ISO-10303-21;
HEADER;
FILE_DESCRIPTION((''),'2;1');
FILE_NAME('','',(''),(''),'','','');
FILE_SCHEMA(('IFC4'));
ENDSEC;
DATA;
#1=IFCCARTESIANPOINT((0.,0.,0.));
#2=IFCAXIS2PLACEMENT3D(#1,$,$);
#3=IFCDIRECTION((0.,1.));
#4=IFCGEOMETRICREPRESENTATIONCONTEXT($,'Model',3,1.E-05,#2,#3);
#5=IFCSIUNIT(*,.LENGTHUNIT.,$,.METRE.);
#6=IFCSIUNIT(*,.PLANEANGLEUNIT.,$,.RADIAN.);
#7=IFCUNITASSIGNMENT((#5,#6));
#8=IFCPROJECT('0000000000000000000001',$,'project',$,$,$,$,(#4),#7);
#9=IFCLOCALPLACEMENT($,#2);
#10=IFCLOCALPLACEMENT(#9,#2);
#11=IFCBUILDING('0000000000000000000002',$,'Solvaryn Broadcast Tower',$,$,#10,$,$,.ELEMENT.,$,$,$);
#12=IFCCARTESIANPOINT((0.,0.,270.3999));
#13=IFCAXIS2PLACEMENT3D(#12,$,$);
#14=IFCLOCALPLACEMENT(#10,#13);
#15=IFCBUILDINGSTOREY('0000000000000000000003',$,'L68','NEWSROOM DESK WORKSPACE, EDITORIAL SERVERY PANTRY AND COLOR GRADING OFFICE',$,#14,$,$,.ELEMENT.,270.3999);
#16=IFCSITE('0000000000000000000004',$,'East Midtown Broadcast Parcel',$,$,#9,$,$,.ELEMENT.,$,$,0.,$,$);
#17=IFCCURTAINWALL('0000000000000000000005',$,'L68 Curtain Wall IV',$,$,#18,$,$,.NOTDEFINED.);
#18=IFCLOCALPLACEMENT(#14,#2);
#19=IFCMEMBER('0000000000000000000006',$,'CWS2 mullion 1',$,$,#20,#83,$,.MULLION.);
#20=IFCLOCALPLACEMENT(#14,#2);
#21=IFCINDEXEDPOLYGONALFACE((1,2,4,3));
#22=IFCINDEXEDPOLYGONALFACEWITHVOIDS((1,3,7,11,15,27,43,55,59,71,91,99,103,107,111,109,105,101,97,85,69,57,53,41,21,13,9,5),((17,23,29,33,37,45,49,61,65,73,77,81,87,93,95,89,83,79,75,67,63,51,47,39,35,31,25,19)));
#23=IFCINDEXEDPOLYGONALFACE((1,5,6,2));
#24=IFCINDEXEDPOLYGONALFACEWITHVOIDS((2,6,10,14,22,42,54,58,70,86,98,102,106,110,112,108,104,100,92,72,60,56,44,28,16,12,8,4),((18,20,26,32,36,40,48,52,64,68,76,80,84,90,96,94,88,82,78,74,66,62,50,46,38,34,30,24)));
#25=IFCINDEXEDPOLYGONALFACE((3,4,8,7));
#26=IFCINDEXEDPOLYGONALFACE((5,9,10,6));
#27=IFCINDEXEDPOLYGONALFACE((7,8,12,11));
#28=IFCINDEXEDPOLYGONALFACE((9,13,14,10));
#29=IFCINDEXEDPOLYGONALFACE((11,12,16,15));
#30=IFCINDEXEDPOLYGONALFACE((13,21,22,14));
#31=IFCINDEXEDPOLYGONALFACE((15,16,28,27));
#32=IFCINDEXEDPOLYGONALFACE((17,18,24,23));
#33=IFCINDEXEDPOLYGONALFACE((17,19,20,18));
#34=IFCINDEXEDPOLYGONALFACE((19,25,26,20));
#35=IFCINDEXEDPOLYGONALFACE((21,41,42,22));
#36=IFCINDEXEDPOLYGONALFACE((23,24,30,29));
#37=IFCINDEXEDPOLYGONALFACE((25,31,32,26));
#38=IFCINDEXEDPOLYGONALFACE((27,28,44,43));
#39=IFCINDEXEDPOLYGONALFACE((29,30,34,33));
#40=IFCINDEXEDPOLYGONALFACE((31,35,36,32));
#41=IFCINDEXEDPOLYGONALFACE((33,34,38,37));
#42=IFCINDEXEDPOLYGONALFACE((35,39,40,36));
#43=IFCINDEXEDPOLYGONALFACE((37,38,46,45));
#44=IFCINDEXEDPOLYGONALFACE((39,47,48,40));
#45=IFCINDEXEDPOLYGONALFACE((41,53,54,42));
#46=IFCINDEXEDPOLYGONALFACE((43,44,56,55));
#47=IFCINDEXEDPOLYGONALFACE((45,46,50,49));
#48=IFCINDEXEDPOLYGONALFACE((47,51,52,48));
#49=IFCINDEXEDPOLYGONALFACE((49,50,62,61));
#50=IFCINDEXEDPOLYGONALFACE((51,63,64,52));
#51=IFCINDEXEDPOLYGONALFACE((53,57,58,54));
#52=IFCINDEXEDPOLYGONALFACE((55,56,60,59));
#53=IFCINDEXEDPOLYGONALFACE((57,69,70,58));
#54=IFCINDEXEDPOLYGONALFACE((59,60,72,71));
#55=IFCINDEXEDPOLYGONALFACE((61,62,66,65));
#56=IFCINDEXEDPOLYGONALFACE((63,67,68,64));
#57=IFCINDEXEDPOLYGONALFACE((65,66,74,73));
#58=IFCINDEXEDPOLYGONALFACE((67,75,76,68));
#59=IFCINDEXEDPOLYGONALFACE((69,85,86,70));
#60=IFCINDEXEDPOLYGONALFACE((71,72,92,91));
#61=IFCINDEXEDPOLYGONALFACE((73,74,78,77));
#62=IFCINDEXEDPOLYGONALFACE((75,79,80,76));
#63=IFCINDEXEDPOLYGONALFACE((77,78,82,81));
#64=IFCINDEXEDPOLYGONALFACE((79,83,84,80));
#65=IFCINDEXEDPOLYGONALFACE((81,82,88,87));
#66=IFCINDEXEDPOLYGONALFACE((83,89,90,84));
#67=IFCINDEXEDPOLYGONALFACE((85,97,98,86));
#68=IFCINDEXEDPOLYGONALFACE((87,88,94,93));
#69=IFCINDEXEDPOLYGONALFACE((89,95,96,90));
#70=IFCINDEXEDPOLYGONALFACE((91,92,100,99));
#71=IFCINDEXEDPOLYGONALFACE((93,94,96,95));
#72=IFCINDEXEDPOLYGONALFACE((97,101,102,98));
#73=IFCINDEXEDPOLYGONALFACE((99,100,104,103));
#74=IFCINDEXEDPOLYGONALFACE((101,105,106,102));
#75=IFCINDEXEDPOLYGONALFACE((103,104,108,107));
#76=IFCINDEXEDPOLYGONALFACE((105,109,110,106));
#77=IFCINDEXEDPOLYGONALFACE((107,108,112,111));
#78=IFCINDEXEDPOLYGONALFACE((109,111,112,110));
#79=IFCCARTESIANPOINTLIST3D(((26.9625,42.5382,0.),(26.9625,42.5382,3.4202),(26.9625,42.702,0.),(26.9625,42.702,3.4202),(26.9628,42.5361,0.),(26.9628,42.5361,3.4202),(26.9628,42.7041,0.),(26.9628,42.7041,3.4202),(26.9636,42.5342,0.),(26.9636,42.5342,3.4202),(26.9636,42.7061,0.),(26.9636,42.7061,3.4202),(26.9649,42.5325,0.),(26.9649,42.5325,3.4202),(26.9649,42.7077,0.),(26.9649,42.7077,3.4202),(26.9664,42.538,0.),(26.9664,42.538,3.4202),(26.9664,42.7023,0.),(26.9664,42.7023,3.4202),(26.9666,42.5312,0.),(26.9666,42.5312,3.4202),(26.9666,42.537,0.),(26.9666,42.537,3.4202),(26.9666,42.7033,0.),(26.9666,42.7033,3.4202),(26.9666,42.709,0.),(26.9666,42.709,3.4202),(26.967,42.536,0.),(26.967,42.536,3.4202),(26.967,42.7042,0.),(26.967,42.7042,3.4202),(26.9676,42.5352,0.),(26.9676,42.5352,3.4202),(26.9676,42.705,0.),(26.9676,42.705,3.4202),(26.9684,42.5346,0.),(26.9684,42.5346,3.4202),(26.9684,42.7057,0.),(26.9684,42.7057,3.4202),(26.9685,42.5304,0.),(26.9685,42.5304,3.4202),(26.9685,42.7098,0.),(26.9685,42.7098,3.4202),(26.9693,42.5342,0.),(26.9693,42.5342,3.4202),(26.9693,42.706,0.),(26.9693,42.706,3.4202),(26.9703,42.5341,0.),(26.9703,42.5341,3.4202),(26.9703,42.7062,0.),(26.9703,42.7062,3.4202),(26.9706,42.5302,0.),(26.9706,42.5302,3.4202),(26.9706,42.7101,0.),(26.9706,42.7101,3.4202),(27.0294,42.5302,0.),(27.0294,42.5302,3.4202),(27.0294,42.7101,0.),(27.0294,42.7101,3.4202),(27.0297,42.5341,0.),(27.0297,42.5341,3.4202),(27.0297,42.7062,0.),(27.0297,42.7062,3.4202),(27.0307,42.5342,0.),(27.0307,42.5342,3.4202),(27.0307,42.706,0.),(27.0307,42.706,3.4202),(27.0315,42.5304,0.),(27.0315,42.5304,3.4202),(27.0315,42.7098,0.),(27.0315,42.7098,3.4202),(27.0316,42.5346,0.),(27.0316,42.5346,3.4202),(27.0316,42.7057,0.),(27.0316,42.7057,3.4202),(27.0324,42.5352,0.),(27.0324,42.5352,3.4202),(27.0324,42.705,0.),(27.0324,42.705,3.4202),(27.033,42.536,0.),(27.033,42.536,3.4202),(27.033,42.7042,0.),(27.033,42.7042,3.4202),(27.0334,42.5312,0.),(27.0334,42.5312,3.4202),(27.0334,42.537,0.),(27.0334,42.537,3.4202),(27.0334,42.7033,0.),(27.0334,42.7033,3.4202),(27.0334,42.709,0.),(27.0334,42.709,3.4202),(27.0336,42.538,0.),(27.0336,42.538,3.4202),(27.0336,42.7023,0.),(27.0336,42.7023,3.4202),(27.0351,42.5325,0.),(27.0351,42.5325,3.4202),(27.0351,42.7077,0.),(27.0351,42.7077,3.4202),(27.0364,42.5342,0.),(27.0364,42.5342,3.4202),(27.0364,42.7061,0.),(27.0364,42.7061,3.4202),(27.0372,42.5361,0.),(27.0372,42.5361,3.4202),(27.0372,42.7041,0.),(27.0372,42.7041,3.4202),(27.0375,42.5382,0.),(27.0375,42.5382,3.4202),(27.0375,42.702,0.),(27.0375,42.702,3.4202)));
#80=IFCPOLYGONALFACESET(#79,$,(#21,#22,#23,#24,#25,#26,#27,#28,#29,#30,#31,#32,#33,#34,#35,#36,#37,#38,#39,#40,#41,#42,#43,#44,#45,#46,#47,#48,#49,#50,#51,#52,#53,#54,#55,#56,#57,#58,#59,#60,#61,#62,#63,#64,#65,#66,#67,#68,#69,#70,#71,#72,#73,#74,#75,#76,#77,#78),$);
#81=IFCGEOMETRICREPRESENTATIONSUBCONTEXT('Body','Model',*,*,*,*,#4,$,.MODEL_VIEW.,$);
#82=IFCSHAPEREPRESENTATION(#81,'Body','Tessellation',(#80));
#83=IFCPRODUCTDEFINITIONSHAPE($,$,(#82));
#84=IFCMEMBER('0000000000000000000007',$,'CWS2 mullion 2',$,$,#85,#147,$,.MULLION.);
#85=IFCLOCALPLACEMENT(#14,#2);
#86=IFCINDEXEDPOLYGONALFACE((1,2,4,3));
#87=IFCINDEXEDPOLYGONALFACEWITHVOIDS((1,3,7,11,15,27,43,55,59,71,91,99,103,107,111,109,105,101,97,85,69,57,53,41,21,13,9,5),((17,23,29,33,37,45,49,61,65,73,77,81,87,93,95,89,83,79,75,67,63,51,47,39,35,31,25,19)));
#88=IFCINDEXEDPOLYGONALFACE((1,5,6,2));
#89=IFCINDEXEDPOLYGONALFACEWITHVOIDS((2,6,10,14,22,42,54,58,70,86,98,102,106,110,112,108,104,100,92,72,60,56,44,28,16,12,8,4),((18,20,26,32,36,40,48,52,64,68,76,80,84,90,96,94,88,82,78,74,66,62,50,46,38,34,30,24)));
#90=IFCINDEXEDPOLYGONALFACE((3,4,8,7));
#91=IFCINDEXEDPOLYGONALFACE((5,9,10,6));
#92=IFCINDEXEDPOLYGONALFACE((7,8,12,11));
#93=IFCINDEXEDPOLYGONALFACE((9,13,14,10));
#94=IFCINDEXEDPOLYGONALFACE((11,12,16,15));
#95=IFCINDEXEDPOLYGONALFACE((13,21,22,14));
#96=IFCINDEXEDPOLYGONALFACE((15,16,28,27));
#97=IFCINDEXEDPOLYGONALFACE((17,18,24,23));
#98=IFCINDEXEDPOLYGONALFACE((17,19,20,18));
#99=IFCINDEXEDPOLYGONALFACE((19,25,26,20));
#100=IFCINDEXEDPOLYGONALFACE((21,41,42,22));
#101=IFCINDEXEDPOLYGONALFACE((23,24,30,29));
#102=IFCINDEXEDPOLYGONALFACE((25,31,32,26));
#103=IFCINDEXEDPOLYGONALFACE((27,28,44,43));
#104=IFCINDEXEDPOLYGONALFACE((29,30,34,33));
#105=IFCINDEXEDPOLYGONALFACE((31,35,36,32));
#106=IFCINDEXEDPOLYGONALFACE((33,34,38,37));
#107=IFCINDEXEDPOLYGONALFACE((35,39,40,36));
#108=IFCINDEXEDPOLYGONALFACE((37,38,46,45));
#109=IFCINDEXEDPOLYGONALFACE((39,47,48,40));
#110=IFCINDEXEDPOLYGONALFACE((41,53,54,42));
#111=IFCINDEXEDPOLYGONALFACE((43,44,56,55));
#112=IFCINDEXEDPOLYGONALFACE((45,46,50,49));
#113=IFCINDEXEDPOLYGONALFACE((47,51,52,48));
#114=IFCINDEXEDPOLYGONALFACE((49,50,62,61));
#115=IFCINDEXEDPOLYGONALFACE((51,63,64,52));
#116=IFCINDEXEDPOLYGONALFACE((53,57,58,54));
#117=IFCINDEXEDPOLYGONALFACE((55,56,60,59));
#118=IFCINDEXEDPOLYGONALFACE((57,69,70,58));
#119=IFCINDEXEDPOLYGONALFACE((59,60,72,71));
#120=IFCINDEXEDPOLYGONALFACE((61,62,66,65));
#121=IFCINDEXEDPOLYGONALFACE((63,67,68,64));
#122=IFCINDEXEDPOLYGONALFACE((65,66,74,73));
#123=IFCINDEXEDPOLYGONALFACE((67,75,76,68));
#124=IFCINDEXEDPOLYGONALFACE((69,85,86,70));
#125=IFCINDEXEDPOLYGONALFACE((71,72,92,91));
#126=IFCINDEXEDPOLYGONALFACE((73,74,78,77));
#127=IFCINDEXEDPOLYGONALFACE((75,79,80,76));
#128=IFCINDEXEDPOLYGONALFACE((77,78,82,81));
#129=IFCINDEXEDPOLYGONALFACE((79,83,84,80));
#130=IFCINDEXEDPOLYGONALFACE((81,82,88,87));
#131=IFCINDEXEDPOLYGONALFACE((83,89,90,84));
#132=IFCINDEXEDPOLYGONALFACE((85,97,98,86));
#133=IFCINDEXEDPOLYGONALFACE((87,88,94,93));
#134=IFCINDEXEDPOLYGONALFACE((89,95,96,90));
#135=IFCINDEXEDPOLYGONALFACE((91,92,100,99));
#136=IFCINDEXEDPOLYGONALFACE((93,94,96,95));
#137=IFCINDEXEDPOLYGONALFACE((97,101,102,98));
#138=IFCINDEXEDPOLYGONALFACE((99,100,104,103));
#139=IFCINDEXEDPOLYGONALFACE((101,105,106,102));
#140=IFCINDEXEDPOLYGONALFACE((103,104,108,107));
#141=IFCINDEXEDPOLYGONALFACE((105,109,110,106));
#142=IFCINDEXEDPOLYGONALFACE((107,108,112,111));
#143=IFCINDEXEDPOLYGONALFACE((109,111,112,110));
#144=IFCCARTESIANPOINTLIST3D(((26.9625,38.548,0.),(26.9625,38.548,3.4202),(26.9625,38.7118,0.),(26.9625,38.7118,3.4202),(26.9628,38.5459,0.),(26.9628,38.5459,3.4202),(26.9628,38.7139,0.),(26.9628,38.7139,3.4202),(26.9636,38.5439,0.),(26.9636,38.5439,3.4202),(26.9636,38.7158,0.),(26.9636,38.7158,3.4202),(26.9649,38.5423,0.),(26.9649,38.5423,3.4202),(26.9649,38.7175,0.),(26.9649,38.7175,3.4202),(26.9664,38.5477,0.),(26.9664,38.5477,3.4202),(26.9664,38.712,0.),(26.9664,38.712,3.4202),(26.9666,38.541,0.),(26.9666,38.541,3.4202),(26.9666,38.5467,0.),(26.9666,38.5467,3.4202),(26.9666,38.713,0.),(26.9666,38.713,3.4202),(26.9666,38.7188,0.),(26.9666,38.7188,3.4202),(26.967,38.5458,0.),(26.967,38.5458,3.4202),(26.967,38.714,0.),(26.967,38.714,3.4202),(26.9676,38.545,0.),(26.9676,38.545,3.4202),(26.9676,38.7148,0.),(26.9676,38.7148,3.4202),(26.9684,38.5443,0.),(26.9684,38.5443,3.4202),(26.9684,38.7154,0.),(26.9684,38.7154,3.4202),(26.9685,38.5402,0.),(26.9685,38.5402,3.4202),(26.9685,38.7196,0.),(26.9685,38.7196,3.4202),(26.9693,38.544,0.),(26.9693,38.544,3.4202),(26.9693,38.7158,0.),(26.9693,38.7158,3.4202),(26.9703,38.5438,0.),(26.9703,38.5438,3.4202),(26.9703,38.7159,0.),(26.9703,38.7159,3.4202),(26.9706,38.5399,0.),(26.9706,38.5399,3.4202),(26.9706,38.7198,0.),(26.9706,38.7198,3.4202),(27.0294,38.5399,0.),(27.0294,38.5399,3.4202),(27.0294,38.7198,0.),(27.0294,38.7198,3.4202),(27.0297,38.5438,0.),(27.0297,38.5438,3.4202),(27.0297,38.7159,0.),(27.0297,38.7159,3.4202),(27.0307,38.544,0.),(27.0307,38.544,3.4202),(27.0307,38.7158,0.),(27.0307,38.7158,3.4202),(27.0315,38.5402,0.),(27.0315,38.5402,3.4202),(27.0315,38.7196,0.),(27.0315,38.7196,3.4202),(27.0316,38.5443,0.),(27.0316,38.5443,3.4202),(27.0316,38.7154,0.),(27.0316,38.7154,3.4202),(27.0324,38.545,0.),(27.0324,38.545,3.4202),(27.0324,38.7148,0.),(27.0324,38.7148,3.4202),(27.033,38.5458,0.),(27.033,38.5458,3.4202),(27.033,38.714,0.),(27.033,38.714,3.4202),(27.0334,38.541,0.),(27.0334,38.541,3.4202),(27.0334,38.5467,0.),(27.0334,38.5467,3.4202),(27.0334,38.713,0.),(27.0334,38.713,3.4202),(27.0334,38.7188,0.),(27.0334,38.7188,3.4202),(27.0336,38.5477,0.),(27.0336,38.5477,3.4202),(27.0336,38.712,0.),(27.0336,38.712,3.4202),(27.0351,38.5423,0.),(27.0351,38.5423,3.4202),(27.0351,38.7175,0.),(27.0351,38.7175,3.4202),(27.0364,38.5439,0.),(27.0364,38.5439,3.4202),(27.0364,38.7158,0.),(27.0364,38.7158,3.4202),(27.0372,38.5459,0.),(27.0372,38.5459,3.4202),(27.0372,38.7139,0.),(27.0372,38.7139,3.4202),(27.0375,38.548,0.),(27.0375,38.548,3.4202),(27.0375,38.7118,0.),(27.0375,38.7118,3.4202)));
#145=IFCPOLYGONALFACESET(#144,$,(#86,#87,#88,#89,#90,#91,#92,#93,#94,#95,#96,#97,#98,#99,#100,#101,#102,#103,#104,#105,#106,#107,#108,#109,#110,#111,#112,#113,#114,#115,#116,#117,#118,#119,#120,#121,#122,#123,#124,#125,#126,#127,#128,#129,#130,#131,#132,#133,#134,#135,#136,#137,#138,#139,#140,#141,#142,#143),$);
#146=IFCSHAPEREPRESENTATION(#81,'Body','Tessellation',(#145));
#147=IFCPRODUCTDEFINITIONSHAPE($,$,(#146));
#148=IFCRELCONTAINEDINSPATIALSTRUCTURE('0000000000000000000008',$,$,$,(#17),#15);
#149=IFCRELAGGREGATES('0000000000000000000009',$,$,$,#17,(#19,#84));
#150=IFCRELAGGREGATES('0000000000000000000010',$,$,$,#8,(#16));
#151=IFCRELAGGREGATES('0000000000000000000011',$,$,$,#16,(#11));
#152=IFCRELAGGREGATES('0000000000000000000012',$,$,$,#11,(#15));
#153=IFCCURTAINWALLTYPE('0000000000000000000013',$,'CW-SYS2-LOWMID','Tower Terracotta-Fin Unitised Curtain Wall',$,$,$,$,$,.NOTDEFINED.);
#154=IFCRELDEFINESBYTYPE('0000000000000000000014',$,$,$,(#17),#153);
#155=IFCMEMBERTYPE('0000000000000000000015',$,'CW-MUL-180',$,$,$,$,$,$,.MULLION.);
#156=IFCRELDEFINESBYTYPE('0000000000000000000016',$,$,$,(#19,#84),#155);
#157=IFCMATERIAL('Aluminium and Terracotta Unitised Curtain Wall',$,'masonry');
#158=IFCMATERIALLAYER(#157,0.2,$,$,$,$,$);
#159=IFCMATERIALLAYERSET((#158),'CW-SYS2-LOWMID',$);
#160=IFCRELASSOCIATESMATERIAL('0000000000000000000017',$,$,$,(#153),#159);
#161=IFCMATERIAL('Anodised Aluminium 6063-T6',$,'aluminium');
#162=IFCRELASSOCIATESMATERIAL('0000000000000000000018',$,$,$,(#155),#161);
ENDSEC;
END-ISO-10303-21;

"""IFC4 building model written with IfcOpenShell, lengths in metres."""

from ifc_helpers import new_model, si_unit, direction, frame, origin, origin_2d, place, context, subcontext, project, spatial, hollow_rectangle, extrude, material, layer, layer_set, material_profile, profile_set, type_object, element, aggregate, save


model = new_model("IFC4")

# Units and contexts
model_context = context("Model", 3, precision=1e-05, world=origin(), true_north=direction((0.0, 1.0)))
body_context = subcontext(model_context, "Body", "Model", "MODEL_VIEW")
ifc_project = project(units=[si_unit("LENGTHUNIT", "METRE"), si_unit("PLANEANGLEUNIT", "RADIAN")], contexts=[model_context])

# Site, building, storey
site_placement = place(None, origin())
site = spatial("IfcSite", under=ifc_project, at=site_placement, Name="East Midtown Broadcast Parcel", CompositionType="ELEMENT", RefElevation=0.0)
building_placement = place(site_placement, origin())
building = spatial("IfcBuilding", under=site, at=building_placement, Name="Solvaryn Broadcast Tower", CompositionType="ELEMENT")
storey_placement = place(building_placement, frame((0.0, 0.0, 270.3999)))
storey = spatial("IfcBuildingStorey", under=building, at=storey_placement, Name="L68", Description="NEWSROOM DESK WORKSPACE, EDITORIAL SERVERY PANTRY AND COLOR GRADING OFFICE", CompositionType="ELEMENT", Elevation=270.3999)

# Curtain wall, members
ifc_material_1 = material(Name="Aluminium and Terracotta Unitised Curtain Wall", Category="masonry")
ifc_layer_1 = layer(ifc_material_1, 0.2)
ifc_layer_set_1 = layer_set([ifc_layer_1], Name="CW-SYS2-LOWMID")
curtain_wall_type = type_object("IfcCurtainWallType", Name="CW-SYS2-LOWMID", Description="Tower Terracotta-Fin Unitised Curtain Wall", PredefinedType="NOTDEFINED", material=ifc_layer_set_1)
curtain_wall_1_placement = place(storey_placement, origin())
curtain_wall_1 = element("IfcCurtainWall", 1, at=curtain_wall_1_placement, inside=storey, type_object=curtain_wall_type, Name="L68 Curtain Wall IV", PredefinedType="NOTDEFINED")
ifc_material_2 = material(Name="Anodised Aluminium 6063-T6", Category="aluminium")
ifc_material_profile_1 = material_profile(ifc_material_2, hollow_rectangle(XDim=0.075, YDim=0.1799, WallThickness=0.0039, InnerFilletRadius=0.0039, OuterFilletRadius=0.0081, at=origin_2d()))
ifc_profile_set_1 = profile_set([ifc_material_profile_1], Name="Anodised Aluminium 6063-T6")
member_type_1 = type_object("IfcMemberType", Name="CW-MUL-180", PredefinedType="MULLION", material=ifc_profile_set_1)
member_1_placement = place(storey_placement, frame((27.0, 42.6201, 0.0), z_axis=(0.0, 0.0, 1.0), x_axis=(1.0, 0.0, 0.0)))
member_1 = element("IfcMember", 2, at=member_1_placement, type_object=member_type_1, Name="CWS2 mullion 1", PredefinedType="MULLION", context=body_context, shape_type="SweptSolid", body=[
    extrude(hollow_rectangle(XDim=0.075, YDim=0.1799, WallThickness=0.0039, InnerFilletRadius=0.0039, OuterFilletRadius=0.0081, at=origin_2d()), origin(), (0.0, 0.0, 1.0), 3.4202),
])
member_2_placement = place(storey_placement, frame((27.0, 38.6299, 0.0), z_axis=(0.0, 0.0, 1.0), x_axis=(1.0, 0.0, 0.0)))
member_2 = element("IfcMember", 3, at=member_2_placement, type_object=member_type_1, Name="CWS2 mullion 2", PredefinedType="MULLION", context=body_context, shape_type="SweptSolid", body=[
    extrude(hollow_rectangle(XDim=0.075, YDim=0.1799, WallThickness=0.0039, InnerFilletRadius=0.0039, OuterFilletRadius=0.0081, at=origin_2d()), origin(), (0.0, 0.0, 1.0), 3.4202),
])

aggregate(curtain_wall_1, [member_1, member_2])

save(model, "model.ifc")
